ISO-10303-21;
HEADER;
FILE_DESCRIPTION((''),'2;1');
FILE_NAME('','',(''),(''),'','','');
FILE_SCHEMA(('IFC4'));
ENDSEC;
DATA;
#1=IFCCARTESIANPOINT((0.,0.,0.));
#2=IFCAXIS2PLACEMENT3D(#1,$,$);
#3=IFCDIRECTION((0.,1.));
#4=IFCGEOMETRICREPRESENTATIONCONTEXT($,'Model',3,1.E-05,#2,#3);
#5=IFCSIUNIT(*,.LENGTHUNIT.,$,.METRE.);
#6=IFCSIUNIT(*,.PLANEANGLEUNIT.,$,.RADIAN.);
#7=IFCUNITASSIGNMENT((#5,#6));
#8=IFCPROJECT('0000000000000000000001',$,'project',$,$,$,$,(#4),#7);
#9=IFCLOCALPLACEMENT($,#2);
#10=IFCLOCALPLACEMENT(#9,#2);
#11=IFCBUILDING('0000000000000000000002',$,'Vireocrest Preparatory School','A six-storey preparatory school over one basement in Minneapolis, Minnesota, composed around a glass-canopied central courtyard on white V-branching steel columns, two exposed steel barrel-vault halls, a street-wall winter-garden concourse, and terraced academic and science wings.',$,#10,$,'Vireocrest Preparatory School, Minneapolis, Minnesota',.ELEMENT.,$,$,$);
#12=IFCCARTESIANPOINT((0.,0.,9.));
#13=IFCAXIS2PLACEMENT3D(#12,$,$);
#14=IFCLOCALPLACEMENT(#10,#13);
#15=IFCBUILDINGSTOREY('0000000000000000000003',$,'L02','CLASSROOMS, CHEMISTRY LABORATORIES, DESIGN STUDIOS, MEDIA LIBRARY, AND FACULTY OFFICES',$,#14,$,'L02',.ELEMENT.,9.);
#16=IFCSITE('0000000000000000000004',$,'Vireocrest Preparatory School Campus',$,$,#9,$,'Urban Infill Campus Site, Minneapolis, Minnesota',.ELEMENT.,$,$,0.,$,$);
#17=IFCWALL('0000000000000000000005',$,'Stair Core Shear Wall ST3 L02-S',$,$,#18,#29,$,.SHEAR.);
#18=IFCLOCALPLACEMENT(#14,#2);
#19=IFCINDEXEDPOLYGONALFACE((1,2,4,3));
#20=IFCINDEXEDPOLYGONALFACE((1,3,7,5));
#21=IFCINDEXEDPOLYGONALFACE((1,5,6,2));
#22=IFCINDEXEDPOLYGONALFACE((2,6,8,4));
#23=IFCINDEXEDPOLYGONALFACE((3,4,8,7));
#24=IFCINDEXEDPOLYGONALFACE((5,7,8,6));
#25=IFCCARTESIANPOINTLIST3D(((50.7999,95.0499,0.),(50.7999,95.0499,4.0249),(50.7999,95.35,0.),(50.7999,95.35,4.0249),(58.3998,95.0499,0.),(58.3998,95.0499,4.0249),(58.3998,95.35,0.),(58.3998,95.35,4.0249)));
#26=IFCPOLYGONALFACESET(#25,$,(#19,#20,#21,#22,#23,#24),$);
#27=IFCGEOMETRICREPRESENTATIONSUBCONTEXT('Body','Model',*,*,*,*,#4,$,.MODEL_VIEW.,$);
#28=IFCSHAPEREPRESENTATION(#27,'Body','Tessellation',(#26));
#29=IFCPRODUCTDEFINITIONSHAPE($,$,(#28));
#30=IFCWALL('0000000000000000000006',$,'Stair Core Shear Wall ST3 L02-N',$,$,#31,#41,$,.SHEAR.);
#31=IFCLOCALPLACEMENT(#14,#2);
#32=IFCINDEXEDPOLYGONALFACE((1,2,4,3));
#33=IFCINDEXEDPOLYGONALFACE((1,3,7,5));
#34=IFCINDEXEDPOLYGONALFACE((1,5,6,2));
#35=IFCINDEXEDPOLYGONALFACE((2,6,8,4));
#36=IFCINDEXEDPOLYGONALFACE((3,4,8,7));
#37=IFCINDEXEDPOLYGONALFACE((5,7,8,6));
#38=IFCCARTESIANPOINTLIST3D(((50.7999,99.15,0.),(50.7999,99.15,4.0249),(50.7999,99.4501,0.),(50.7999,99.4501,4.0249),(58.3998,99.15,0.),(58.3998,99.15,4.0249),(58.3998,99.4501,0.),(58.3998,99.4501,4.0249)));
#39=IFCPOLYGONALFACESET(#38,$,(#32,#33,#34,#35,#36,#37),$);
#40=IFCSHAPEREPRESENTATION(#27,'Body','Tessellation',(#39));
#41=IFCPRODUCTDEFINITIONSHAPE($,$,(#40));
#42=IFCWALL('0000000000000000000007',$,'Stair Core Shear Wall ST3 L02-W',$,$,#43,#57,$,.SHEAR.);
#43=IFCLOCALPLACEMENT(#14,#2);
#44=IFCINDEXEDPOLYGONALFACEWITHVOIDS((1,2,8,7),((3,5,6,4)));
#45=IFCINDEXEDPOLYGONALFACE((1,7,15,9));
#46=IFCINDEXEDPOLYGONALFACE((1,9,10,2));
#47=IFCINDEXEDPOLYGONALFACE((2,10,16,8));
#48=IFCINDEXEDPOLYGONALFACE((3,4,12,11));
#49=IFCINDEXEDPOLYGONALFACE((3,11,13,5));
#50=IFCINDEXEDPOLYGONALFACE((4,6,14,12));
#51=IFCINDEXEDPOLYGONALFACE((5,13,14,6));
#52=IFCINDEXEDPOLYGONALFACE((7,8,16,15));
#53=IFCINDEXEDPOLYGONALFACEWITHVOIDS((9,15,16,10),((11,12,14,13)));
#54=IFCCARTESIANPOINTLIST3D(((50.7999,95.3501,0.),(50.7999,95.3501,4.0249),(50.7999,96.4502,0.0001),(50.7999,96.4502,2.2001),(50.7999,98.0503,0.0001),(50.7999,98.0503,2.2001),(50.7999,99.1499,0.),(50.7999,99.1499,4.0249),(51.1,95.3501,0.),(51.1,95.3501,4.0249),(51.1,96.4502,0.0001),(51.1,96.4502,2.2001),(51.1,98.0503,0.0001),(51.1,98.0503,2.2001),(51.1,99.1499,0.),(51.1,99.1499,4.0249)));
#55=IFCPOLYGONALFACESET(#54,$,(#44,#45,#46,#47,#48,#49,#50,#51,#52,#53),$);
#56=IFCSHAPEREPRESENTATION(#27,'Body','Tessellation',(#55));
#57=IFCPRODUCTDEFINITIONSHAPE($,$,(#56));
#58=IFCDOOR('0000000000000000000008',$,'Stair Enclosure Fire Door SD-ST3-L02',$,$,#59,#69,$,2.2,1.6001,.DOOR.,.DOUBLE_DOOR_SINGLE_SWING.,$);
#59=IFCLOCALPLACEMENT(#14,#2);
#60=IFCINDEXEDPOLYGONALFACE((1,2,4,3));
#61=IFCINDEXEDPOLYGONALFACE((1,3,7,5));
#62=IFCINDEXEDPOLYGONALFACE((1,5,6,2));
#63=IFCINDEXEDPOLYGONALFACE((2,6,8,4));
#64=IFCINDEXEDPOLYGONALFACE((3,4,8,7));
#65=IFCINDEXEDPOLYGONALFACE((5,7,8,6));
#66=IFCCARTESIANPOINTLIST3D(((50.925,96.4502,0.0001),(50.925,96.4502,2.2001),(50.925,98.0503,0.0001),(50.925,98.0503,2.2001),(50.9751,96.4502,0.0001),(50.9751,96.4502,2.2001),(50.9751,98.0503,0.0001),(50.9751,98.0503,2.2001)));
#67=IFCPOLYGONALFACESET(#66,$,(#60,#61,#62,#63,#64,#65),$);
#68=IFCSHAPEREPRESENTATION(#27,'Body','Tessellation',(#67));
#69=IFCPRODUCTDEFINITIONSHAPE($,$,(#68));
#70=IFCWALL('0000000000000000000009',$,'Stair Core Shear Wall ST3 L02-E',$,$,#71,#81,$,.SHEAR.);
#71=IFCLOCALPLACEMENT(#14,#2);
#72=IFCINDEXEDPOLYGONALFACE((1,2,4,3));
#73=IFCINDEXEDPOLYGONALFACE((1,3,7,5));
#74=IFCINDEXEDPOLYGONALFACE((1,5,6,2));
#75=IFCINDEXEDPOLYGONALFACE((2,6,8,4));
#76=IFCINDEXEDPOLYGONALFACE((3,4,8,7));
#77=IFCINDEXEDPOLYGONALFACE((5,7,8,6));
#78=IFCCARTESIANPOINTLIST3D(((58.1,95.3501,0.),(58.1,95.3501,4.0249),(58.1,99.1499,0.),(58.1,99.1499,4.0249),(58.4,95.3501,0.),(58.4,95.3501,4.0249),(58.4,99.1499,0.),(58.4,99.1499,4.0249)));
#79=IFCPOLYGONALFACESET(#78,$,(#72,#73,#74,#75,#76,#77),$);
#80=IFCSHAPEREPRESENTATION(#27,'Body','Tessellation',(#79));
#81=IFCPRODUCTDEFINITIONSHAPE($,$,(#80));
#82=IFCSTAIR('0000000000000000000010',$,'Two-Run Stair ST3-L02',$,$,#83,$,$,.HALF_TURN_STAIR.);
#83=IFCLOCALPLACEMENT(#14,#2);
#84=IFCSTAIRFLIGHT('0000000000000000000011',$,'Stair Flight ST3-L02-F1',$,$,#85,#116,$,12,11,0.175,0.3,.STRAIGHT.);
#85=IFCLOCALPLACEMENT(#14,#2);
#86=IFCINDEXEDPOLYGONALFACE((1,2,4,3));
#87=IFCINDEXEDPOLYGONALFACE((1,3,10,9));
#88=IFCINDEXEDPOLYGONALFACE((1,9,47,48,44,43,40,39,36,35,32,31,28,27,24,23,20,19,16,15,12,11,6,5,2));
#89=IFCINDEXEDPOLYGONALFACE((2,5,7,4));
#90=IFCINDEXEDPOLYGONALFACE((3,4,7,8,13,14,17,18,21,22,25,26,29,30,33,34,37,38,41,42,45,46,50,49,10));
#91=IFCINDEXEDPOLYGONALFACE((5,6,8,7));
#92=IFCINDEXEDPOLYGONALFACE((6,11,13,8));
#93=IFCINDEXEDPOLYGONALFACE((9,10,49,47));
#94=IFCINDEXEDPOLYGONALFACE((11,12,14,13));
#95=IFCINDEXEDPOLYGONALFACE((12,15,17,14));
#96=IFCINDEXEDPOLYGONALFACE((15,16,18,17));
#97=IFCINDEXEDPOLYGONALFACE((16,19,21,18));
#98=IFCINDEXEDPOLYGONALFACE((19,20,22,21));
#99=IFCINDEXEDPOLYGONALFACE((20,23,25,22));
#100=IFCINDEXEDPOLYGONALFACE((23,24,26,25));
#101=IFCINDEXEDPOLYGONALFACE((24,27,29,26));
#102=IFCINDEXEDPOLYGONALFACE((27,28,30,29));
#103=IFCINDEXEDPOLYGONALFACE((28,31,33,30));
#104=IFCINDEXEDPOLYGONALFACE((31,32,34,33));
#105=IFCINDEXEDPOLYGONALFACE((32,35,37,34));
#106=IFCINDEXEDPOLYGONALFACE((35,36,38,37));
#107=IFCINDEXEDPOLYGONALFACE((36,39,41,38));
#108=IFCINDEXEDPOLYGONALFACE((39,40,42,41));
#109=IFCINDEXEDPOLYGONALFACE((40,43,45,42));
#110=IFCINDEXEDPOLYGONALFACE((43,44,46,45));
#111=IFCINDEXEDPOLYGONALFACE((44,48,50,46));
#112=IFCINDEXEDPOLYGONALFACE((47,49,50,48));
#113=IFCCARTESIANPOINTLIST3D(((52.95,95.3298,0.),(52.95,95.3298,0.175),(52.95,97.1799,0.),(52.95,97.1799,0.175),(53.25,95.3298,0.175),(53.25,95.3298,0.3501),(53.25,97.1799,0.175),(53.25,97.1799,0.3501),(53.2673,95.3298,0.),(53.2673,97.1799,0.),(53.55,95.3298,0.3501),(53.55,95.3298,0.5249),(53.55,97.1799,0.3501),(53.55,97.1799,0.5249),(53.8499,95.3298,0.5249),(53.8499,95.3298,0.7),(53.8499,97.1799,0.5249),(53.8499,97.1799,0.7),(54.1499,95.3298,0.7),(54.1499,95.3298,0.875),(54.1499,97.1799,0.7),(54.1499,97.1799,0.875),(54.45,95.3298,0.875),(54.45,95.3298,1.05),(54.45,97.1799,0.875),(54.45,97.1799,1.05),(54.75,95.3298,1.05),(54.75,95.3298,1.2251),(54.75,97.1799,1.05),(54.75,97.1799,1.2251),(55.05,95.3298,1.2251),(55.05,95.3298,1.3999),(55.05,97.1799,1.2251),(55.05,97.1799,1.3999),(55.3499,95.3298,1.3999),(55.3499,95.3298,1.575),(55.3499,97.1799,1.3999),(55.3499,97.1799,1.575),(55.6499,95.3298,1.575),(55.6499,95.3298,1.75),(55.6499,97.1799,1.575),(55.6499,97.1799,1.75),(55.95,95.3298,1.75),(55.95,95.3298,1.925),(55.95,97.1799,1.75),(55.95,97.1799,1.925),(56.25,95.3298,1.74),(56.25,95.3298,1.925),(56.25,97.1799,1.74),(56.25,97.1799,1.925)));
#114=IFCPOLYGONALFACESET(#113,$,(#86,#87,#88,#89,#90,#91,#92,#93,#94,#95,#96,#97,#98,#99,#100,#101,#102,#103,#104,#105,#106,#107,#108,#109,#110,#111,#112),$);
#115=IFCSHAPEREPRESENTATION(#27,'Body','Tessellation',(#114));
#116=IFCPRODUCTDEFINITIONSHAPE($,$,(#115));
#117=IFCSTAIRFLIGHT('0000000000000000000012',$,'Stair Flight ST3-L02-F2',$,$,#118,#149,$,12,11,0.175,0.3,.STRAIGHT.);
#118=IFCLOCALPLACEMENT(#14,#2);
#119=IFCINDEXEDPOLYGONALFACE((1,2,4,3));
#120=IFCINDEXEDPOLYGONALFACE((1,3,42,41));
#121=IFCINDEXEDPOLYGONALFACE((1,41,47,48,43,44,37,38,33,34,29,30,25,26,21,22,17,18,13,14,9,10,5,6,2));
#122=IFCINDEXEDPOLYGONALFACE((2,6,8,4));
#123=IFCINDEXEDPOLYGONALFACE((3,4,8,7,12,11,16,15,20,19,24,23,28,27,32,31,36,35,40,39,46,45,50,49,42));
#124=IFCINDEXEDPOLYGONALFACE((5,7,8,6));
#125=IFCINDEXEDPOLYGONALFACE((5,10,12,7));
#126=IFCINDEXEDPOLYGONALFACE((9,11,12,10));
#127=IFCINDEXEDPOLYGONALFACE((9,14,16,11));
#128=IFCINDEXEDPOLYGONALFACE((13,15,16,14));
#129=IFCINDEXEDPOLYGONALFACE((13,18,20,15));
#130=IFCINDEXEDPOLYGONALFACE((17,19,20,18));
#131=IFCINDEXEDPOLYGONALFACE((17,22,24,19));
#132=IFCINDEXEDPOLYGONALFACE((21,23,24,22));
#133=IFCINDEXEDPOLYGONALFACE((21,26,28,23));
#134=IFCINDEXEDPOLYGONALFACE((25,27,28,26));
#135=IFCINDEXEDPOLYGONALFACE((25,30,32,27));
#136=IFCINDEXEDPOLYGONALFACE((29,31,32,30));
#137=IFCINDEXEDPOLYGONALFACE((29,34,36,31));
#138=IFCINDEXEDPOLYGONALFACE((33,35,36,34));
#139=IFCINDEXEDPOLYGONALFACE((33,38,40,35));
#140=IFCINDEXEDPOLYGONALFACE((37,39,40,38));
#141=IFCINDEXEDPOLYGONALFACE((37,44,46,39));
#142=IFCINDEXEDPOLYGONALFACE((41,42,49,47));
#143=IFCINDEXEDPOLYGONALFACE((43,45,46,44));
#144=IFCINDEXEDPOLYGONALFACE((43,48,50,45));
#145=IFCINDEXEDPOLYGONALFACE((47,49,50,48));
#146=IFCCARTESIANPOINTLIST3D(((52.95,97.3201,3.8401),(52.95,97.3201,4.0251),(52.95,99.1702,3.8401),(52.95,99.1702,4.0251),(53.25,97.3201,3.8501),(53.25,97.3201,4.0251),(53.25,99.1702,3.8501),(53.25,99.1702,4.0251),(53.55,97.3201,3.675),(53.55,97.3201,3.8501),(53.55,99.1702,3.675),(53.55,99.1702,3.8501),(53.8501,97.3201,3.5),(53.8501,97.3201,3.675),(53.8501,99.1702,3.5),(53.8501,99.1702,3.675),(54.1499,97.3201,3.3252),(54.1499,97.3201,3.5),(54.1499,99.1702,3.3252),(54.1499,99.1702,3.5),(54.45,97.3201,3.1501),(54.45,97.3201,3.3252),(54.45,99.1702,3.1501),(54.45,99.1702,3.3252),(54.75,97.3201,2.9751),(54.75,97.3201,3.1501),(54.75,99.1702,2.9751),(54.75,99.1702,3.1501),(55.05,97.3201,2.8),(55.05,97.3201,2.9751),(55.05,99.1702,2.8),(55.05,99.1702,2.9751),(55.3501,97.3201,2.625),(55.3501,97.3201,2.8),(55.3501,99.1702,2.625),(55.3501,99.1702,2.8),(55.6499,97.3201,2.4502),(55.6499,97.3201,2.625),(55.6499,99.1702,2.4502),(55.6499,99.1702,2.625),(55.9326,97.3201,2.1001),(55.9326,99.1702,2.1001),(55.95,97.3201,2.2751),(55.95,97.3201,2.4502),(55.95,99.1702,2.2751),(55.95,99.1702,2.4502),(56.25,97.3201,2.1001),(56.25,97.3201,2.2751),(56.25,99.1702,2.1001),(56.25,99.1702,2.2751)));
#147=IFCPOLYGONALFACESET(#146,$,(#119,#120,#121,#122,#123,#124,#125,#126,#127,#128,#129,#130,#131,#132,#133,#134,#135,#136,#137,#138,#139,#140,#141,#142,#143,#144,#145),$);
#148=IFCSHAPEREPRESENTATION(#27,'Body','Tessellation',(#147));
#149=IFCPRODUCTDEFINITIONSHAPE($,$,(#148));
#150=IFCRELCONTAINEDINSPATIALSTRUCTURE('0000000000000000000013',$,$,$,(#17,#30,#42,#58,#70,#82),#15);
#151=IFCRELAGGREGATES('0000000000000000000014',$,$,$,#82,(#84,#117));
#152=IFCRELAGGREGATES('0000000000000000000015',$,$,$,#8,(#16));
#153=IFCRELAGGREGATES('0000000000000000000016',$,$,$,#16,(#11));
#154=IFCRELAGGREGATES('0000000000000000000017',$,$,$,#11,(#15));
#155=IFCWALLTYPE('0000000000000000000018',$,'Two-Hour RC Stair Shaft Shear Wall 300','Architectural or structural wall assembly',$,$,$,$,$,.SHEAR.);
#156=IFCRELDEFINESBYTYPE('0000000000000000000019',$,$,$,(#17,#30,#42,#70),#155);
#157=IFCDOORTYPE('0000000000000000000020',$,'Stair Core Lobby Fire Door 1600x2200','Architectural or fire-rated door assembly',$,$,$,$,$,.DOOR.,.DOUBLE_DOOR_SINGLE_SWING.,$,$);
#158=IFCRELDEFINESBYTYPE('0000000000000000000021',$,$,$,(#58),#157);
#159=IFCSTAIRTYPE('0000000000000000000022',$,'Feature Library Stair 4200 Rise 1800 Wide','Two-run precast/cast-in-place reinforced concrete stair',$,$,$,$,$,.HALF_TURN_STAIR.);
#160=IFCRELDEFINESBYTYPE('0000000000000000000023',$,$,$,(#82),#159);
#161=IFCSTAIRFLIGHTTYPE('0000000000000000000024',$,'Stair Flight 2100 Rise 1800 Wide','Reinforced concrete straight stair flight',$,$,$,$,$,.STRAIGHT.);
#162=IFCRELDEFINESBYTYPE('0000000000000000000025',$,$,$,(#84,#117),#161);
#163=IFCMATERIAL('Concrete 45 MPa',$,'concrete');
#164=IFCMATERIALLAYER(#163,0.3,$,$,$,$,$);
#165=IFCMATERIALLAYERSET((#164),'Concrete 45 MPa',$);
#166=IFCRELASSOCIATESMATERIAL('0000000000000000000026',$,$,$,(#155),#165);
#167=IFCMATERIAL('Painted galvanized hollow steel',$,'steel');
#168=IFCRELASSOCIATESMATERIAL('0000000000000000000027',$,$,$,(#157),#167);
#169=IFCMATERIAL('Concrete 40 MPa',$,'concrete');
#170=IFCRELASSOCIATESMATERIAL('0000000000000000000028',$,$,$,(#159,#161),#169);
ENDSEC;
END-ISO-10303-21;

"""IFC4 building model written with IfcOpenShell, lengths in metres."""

from ifc_helpers import new_model, si_unit, direction, frame, frame_2d, origin, place, context, subcontext, project, spatial, polyline, rectangle, outline, extrude, material, layer, layer_set, type_object, element, fill, aggregate, save


model = new_model("IFC4")

# Units and contexts
model_context = context("Model", 3, precision=1e-05, world=origin(), true_north=direction((0.0, 1.0)))
body_context = subcontext(model_context, "Body", "Model", "MODEL_VIEW")
ifc_project = project(units=[si_unit("LENGTHUNIT", "METRE"), si_unit("PLANEANGLEUNIT", "RADIAN")], contexts=[model_context])

# Site, building, storey
site_placement = place(None, origin())
site = spatial("IfcSite", under=ifc_project, at=site_placement, Name="Vireocrest Preparatory School Campus", LongName="Urban Infill Campus Site, Minneapolis, Minnesota", CompositionType="ELEMENT", RefElevation=0.0)
building_placement = place(site_placement, origin())
building = spatial("IfcBuilding", under=site, at=building_placement, Name="Vireocrest Preparatory School", Description="A six-storey preparatory school over one basement in Minneapolis, Minnesota, composed around a glass-canopied central courtyard on white V-branching steel columns, two exposed steel barrel-vault halls, a street-wall winter-garden concourse, and terraced academic and science wings.", LongName="Vireocrest Preparatory School, Minneapolis, Minnesota", CompositionType="ELEMENT")
storey_placement = place(building_placement, frame((0.0, 0.0, 9.0)))
storey = spatial("IfcBuildingStorey", under=building, at=storey_placement, Name="L02", Description="CLASSROOMS, CHEMISTRY LABORATORIES, DESIGN STUDIOS, MEDIA LIBRARY, AND FACULTY OFFICES", LongName="L02", CompositionType="ELEMENT", Elevation=9.0)

# Shared definitions
ifc_material_1 = material(Name="Concrete 45 MPa", Category="concrete")

# Shared definitions
ifc_material_2 = material(Name="Concrete 40 MPa", Category="concrete")

# Shared definitions
ifc_material_3 = material(Name="Painted galvanized hollow steel", Category="steel")

# Walls
ifc_layer_1 = layer(ifc_material_1, 0.3)
ifc_layer_set_1 = layer_set([ifc_layer_1], Name="Concrete 45 MPa")
wall_type_1 = type_object("IfcWallType", Name="Two-Hour RC Stair Shaft Shear Wall 300", Description="Architectural or structural wall assembly", PredefinedType="SHEAR", material=ifc_layer_set_1)
for number, where, z_axis, x_axis, name in (
    (1, (50.8, 95.2, 0.0), (0.0, 0.0, 1.0), (1.0, 0.0, 0.0), "Stair Core Shear Wall ST3 L02-S"),
    (2, (50.8, 99.3, 0.0), (0.0, 0.0, 1.0), (1.0, 0.0, 0.0), "Stair Core Shear Wall ST3 L02-N"),
):
    element("IfcWall", number, at=place(storey_placement, frame(where, z_axis=z_axis, x_axis=x_axis)), inside=storey, type_object=wall_type_1, Name=name, PredefinedType="SHEAR", context=body_context, shape_type="SweptSolid", body=[
        extrude(rectangle(XDim=7.5999, YDim=0.3, at=frame_2d((3.7998, 0.0))), origin(), (0.0, 0.0, 1.0), 4.0249),
    ])

# Wall, opening, door
wall_1_placement = place(storey_placement, frame((50.95, 95.3501, 0.0), z_axis=(0.0, 0.0, 1.0), x_axis=(0.0, 1.0, 0.0)))
wall_1 = element("IfcWall", 3, at=wall_1_placement, inside=storey, type_object=wall_type_1, Name="Stair Core Shear Wall ST3 L02-W", PredefinedType="SHEAR", context=body_context, shape_type="SweptSolid", body=[
    extrude(rectangle(XDim=3.7998, YDim=0.3, at=frame_2d((1.8999, 0.0))), origin(), (0.0, 0.0, 1.0), 4.0249),
])
opening_1_placement = place(wall_1_placement, frame((1.1001, 0.0, 0.0)))
opening_1 = element("IfcOpeningElement", 4, at=opening_1_placement, cuts=wall_1, PredefinedType="OPENING", context=body_context, shape_type="SweptSolid", body=[
    extrude(rectangle(XDim=1.6001, YDim=2.2, at=frame_2d((0.8, 1.1001))), frame((0.0, 0.1599, 0.0), z_axis=(0.0, -1.0, 0.0), x_axis=(1.0, 0.0, 0.0)), (0.0, 0.0, 1.0), 0.3201),
])
door_type_1 = type_object("IfcDoorType", Name="Stair Core Lobby Fire Door 1600x2200", Description="Architectural or fire-rated door assembly", OperationType="DOUBLE_DOOR_SINGLE_SWING", PredefinedType="DOOR", material=ifc_material_3)
door_1_placement = place(opening_1_placement, origin())
door_1 = element("IfcDoor", 5, at=door_1_placement, inside=storey, type_object=door_type_1, Name="Stair Enclosure Fire Door SD-ST3-L02", OperationType="DOUBLE_DOOR_SINGLE_SWING", OverallHeight=2.2, OverallWidth=1.6001, PredefinedType="DOOR", context=body_context, shape_type="SweptSolid", body=[
    extrude(rectangle(XDim=1.6001, YDim=2.2, at=frame_2d((0.8, 1.1001))), frame((0.0, 0.0249, 0.0), z_axis=(0.0, -1.0, 0.0), x_axis=(1.0, 0.0, 0.0)), (0.0, 0.0, 1.0), 0.05),
])
fill(opening_1, door_1)

# Wall
wall_2_placement = place(storey_placement, frame((58.25, 95.3501, 0.0), z_axis=(0.0, 0.0, 1.0), x_axis=(0.0, 1.0, 0.0)))
element("IfcWall", 6, at=wall_2_placement, inside=storey, type_object=wall_type_1, Name="Stair Core Shear Wall ST3 L02-E", PredefinedType="SHEAR", context=body_context, shape_type="SweptSolid", body=[
    extrude(rectangle(XDim=3.7998, YDim=0.3, at=frame_2d((1.8999, 0.0))), origin(), (0.0, 0.0, 1.0), 4.0249),
])

# Stair, stair flights
stair_type = type_object("IfcStairType", Name="Feature Library Stair 4200 Rise 1800 Wide", Description="Two-run precast/cast-in-place reinforced concrete stair", PredefinedType="HALF_TURN_STAIR", material=ifc_material_2)
stair_placement = place(storey_placement, origin())
stair = element("IfcStair", 7, at=stair_placement, inside=storey, type_object=stair_type, Name="Two-Run Stair ST3-L02", PredefinedType="HALF_TURN_STAIR")
stair_flight_type = type_object("IfcStairFlightType", Name="Stair Flight 2100 Rise 1800 Wide", Description="Reinforced concrete straight stair flight", PredefinedType="STRAIGHT", material=ifc_material_2)
stair_flight_1_placement = place(storey_placement, frame((52.95, 96.2549, 0.0), z_axis=(0.0, 0.0, 1.0), x_axis=(1.0, 0.0, 0.0)))
stair_flight_1 = element("IfcStairFlight", 8, at=stair_flight_1_placement, type_object=stair_flight_type, Name="Stair Flight ST3-L02-F1", NumberOfRisers=12, NumberOfTreads=11, PredefinedType="STRAIGHT", RiserHeight=0.175, TreadLength=0.3, context=body_context, shape_type="SweptSolid", body=[
    extrude(outline(polyline([(0.0, 0.0), (0.0, 0.175), (0.3, 0.175), (0.3, 0.3501), (0.6001, 0.3501), (0.6001, 0.5249), (0.8999, 0.5249), (0.8999, 0.7), (1.2, 0.7), (1.2, 0.875), (1.5, 0.875), (1.5, 1.05), (1.8, 1.05), (1.8, 1.2251), (2.1001, 1.2251), (2.1001, 1.3999), (2.3999, 1.3999), (2.3999, 1.575), (2.7, 1.575), (2.7, 1.75), (3.0, 1.75), (3.0, 1.925), (3.3, 1.925), (3.3, 2.1001), (3.3, 1.74), (0.3174, 0.0), (0.0, 0.0)])), frame((0.0, 0.925, 0.0), z_axis=(0.0, -1.0, 0.0), x_axis=(1.0, 0.0, 0.0)), (0.0, 0.0, 1.0), 1.8501),
])
stair_flight_2_placement = place(storey_placement, frame((56.25, 98.2451, 2.1001), z_axis=(0.0, 0.0, 1.0), x_axis=(-1.0, 0.0, 0.0)))
stair_flight_2 = element("IfcStairFlight", 9, at=stair_flight_2_placement, type_object=stair_flight_type, Name="Stair Flight ST3-L02-F2", NumberOfRisers=12, NumberOfTreads=11, PredefinedType="STRAIGHT", RiserHeight=0.175, TreadLength=0.3, context=body_context, shape_type="SweptSolid", body=[
    extrude(outline(polyline([(0.0, 0.0), (0.0, 0.175), (0.3, 0.175), (0.3, 0.3501), (0.6001, 0.3501), (0.6001, 0.5249), (0.8999, 0.5249), (0.8999, 0.7), (1.2, 0.7), (1.2, 0.875), (1.5, 0.875), (1.5, 1.05), (1.8, 1.05), (1.8, 1.2251), (2.1001, 1.2251), (2.1001, 1.3999), (2.3999, 1.3999), (2.3999, 1.575), (2.7, 1.575), (2.7, 1.75), (3.0, 1.75), (3.0, 1.925), (3.3, 1.925), (3.3, 2.1001), (3.3, 1.74), (0.3174, 0.0), (0.0, 0.0)])), frame((0.0, 0.925, 0.0), z_axis=(0.0, -1.0, 0.0), x_axis=(1.0, 0.0, 0.0)), (0.0, 0.0, 1.0), 1.8501),
])
aggregate(stair, [stair_flight_1, stair_flight_2])

save(model, "model.ifc")
